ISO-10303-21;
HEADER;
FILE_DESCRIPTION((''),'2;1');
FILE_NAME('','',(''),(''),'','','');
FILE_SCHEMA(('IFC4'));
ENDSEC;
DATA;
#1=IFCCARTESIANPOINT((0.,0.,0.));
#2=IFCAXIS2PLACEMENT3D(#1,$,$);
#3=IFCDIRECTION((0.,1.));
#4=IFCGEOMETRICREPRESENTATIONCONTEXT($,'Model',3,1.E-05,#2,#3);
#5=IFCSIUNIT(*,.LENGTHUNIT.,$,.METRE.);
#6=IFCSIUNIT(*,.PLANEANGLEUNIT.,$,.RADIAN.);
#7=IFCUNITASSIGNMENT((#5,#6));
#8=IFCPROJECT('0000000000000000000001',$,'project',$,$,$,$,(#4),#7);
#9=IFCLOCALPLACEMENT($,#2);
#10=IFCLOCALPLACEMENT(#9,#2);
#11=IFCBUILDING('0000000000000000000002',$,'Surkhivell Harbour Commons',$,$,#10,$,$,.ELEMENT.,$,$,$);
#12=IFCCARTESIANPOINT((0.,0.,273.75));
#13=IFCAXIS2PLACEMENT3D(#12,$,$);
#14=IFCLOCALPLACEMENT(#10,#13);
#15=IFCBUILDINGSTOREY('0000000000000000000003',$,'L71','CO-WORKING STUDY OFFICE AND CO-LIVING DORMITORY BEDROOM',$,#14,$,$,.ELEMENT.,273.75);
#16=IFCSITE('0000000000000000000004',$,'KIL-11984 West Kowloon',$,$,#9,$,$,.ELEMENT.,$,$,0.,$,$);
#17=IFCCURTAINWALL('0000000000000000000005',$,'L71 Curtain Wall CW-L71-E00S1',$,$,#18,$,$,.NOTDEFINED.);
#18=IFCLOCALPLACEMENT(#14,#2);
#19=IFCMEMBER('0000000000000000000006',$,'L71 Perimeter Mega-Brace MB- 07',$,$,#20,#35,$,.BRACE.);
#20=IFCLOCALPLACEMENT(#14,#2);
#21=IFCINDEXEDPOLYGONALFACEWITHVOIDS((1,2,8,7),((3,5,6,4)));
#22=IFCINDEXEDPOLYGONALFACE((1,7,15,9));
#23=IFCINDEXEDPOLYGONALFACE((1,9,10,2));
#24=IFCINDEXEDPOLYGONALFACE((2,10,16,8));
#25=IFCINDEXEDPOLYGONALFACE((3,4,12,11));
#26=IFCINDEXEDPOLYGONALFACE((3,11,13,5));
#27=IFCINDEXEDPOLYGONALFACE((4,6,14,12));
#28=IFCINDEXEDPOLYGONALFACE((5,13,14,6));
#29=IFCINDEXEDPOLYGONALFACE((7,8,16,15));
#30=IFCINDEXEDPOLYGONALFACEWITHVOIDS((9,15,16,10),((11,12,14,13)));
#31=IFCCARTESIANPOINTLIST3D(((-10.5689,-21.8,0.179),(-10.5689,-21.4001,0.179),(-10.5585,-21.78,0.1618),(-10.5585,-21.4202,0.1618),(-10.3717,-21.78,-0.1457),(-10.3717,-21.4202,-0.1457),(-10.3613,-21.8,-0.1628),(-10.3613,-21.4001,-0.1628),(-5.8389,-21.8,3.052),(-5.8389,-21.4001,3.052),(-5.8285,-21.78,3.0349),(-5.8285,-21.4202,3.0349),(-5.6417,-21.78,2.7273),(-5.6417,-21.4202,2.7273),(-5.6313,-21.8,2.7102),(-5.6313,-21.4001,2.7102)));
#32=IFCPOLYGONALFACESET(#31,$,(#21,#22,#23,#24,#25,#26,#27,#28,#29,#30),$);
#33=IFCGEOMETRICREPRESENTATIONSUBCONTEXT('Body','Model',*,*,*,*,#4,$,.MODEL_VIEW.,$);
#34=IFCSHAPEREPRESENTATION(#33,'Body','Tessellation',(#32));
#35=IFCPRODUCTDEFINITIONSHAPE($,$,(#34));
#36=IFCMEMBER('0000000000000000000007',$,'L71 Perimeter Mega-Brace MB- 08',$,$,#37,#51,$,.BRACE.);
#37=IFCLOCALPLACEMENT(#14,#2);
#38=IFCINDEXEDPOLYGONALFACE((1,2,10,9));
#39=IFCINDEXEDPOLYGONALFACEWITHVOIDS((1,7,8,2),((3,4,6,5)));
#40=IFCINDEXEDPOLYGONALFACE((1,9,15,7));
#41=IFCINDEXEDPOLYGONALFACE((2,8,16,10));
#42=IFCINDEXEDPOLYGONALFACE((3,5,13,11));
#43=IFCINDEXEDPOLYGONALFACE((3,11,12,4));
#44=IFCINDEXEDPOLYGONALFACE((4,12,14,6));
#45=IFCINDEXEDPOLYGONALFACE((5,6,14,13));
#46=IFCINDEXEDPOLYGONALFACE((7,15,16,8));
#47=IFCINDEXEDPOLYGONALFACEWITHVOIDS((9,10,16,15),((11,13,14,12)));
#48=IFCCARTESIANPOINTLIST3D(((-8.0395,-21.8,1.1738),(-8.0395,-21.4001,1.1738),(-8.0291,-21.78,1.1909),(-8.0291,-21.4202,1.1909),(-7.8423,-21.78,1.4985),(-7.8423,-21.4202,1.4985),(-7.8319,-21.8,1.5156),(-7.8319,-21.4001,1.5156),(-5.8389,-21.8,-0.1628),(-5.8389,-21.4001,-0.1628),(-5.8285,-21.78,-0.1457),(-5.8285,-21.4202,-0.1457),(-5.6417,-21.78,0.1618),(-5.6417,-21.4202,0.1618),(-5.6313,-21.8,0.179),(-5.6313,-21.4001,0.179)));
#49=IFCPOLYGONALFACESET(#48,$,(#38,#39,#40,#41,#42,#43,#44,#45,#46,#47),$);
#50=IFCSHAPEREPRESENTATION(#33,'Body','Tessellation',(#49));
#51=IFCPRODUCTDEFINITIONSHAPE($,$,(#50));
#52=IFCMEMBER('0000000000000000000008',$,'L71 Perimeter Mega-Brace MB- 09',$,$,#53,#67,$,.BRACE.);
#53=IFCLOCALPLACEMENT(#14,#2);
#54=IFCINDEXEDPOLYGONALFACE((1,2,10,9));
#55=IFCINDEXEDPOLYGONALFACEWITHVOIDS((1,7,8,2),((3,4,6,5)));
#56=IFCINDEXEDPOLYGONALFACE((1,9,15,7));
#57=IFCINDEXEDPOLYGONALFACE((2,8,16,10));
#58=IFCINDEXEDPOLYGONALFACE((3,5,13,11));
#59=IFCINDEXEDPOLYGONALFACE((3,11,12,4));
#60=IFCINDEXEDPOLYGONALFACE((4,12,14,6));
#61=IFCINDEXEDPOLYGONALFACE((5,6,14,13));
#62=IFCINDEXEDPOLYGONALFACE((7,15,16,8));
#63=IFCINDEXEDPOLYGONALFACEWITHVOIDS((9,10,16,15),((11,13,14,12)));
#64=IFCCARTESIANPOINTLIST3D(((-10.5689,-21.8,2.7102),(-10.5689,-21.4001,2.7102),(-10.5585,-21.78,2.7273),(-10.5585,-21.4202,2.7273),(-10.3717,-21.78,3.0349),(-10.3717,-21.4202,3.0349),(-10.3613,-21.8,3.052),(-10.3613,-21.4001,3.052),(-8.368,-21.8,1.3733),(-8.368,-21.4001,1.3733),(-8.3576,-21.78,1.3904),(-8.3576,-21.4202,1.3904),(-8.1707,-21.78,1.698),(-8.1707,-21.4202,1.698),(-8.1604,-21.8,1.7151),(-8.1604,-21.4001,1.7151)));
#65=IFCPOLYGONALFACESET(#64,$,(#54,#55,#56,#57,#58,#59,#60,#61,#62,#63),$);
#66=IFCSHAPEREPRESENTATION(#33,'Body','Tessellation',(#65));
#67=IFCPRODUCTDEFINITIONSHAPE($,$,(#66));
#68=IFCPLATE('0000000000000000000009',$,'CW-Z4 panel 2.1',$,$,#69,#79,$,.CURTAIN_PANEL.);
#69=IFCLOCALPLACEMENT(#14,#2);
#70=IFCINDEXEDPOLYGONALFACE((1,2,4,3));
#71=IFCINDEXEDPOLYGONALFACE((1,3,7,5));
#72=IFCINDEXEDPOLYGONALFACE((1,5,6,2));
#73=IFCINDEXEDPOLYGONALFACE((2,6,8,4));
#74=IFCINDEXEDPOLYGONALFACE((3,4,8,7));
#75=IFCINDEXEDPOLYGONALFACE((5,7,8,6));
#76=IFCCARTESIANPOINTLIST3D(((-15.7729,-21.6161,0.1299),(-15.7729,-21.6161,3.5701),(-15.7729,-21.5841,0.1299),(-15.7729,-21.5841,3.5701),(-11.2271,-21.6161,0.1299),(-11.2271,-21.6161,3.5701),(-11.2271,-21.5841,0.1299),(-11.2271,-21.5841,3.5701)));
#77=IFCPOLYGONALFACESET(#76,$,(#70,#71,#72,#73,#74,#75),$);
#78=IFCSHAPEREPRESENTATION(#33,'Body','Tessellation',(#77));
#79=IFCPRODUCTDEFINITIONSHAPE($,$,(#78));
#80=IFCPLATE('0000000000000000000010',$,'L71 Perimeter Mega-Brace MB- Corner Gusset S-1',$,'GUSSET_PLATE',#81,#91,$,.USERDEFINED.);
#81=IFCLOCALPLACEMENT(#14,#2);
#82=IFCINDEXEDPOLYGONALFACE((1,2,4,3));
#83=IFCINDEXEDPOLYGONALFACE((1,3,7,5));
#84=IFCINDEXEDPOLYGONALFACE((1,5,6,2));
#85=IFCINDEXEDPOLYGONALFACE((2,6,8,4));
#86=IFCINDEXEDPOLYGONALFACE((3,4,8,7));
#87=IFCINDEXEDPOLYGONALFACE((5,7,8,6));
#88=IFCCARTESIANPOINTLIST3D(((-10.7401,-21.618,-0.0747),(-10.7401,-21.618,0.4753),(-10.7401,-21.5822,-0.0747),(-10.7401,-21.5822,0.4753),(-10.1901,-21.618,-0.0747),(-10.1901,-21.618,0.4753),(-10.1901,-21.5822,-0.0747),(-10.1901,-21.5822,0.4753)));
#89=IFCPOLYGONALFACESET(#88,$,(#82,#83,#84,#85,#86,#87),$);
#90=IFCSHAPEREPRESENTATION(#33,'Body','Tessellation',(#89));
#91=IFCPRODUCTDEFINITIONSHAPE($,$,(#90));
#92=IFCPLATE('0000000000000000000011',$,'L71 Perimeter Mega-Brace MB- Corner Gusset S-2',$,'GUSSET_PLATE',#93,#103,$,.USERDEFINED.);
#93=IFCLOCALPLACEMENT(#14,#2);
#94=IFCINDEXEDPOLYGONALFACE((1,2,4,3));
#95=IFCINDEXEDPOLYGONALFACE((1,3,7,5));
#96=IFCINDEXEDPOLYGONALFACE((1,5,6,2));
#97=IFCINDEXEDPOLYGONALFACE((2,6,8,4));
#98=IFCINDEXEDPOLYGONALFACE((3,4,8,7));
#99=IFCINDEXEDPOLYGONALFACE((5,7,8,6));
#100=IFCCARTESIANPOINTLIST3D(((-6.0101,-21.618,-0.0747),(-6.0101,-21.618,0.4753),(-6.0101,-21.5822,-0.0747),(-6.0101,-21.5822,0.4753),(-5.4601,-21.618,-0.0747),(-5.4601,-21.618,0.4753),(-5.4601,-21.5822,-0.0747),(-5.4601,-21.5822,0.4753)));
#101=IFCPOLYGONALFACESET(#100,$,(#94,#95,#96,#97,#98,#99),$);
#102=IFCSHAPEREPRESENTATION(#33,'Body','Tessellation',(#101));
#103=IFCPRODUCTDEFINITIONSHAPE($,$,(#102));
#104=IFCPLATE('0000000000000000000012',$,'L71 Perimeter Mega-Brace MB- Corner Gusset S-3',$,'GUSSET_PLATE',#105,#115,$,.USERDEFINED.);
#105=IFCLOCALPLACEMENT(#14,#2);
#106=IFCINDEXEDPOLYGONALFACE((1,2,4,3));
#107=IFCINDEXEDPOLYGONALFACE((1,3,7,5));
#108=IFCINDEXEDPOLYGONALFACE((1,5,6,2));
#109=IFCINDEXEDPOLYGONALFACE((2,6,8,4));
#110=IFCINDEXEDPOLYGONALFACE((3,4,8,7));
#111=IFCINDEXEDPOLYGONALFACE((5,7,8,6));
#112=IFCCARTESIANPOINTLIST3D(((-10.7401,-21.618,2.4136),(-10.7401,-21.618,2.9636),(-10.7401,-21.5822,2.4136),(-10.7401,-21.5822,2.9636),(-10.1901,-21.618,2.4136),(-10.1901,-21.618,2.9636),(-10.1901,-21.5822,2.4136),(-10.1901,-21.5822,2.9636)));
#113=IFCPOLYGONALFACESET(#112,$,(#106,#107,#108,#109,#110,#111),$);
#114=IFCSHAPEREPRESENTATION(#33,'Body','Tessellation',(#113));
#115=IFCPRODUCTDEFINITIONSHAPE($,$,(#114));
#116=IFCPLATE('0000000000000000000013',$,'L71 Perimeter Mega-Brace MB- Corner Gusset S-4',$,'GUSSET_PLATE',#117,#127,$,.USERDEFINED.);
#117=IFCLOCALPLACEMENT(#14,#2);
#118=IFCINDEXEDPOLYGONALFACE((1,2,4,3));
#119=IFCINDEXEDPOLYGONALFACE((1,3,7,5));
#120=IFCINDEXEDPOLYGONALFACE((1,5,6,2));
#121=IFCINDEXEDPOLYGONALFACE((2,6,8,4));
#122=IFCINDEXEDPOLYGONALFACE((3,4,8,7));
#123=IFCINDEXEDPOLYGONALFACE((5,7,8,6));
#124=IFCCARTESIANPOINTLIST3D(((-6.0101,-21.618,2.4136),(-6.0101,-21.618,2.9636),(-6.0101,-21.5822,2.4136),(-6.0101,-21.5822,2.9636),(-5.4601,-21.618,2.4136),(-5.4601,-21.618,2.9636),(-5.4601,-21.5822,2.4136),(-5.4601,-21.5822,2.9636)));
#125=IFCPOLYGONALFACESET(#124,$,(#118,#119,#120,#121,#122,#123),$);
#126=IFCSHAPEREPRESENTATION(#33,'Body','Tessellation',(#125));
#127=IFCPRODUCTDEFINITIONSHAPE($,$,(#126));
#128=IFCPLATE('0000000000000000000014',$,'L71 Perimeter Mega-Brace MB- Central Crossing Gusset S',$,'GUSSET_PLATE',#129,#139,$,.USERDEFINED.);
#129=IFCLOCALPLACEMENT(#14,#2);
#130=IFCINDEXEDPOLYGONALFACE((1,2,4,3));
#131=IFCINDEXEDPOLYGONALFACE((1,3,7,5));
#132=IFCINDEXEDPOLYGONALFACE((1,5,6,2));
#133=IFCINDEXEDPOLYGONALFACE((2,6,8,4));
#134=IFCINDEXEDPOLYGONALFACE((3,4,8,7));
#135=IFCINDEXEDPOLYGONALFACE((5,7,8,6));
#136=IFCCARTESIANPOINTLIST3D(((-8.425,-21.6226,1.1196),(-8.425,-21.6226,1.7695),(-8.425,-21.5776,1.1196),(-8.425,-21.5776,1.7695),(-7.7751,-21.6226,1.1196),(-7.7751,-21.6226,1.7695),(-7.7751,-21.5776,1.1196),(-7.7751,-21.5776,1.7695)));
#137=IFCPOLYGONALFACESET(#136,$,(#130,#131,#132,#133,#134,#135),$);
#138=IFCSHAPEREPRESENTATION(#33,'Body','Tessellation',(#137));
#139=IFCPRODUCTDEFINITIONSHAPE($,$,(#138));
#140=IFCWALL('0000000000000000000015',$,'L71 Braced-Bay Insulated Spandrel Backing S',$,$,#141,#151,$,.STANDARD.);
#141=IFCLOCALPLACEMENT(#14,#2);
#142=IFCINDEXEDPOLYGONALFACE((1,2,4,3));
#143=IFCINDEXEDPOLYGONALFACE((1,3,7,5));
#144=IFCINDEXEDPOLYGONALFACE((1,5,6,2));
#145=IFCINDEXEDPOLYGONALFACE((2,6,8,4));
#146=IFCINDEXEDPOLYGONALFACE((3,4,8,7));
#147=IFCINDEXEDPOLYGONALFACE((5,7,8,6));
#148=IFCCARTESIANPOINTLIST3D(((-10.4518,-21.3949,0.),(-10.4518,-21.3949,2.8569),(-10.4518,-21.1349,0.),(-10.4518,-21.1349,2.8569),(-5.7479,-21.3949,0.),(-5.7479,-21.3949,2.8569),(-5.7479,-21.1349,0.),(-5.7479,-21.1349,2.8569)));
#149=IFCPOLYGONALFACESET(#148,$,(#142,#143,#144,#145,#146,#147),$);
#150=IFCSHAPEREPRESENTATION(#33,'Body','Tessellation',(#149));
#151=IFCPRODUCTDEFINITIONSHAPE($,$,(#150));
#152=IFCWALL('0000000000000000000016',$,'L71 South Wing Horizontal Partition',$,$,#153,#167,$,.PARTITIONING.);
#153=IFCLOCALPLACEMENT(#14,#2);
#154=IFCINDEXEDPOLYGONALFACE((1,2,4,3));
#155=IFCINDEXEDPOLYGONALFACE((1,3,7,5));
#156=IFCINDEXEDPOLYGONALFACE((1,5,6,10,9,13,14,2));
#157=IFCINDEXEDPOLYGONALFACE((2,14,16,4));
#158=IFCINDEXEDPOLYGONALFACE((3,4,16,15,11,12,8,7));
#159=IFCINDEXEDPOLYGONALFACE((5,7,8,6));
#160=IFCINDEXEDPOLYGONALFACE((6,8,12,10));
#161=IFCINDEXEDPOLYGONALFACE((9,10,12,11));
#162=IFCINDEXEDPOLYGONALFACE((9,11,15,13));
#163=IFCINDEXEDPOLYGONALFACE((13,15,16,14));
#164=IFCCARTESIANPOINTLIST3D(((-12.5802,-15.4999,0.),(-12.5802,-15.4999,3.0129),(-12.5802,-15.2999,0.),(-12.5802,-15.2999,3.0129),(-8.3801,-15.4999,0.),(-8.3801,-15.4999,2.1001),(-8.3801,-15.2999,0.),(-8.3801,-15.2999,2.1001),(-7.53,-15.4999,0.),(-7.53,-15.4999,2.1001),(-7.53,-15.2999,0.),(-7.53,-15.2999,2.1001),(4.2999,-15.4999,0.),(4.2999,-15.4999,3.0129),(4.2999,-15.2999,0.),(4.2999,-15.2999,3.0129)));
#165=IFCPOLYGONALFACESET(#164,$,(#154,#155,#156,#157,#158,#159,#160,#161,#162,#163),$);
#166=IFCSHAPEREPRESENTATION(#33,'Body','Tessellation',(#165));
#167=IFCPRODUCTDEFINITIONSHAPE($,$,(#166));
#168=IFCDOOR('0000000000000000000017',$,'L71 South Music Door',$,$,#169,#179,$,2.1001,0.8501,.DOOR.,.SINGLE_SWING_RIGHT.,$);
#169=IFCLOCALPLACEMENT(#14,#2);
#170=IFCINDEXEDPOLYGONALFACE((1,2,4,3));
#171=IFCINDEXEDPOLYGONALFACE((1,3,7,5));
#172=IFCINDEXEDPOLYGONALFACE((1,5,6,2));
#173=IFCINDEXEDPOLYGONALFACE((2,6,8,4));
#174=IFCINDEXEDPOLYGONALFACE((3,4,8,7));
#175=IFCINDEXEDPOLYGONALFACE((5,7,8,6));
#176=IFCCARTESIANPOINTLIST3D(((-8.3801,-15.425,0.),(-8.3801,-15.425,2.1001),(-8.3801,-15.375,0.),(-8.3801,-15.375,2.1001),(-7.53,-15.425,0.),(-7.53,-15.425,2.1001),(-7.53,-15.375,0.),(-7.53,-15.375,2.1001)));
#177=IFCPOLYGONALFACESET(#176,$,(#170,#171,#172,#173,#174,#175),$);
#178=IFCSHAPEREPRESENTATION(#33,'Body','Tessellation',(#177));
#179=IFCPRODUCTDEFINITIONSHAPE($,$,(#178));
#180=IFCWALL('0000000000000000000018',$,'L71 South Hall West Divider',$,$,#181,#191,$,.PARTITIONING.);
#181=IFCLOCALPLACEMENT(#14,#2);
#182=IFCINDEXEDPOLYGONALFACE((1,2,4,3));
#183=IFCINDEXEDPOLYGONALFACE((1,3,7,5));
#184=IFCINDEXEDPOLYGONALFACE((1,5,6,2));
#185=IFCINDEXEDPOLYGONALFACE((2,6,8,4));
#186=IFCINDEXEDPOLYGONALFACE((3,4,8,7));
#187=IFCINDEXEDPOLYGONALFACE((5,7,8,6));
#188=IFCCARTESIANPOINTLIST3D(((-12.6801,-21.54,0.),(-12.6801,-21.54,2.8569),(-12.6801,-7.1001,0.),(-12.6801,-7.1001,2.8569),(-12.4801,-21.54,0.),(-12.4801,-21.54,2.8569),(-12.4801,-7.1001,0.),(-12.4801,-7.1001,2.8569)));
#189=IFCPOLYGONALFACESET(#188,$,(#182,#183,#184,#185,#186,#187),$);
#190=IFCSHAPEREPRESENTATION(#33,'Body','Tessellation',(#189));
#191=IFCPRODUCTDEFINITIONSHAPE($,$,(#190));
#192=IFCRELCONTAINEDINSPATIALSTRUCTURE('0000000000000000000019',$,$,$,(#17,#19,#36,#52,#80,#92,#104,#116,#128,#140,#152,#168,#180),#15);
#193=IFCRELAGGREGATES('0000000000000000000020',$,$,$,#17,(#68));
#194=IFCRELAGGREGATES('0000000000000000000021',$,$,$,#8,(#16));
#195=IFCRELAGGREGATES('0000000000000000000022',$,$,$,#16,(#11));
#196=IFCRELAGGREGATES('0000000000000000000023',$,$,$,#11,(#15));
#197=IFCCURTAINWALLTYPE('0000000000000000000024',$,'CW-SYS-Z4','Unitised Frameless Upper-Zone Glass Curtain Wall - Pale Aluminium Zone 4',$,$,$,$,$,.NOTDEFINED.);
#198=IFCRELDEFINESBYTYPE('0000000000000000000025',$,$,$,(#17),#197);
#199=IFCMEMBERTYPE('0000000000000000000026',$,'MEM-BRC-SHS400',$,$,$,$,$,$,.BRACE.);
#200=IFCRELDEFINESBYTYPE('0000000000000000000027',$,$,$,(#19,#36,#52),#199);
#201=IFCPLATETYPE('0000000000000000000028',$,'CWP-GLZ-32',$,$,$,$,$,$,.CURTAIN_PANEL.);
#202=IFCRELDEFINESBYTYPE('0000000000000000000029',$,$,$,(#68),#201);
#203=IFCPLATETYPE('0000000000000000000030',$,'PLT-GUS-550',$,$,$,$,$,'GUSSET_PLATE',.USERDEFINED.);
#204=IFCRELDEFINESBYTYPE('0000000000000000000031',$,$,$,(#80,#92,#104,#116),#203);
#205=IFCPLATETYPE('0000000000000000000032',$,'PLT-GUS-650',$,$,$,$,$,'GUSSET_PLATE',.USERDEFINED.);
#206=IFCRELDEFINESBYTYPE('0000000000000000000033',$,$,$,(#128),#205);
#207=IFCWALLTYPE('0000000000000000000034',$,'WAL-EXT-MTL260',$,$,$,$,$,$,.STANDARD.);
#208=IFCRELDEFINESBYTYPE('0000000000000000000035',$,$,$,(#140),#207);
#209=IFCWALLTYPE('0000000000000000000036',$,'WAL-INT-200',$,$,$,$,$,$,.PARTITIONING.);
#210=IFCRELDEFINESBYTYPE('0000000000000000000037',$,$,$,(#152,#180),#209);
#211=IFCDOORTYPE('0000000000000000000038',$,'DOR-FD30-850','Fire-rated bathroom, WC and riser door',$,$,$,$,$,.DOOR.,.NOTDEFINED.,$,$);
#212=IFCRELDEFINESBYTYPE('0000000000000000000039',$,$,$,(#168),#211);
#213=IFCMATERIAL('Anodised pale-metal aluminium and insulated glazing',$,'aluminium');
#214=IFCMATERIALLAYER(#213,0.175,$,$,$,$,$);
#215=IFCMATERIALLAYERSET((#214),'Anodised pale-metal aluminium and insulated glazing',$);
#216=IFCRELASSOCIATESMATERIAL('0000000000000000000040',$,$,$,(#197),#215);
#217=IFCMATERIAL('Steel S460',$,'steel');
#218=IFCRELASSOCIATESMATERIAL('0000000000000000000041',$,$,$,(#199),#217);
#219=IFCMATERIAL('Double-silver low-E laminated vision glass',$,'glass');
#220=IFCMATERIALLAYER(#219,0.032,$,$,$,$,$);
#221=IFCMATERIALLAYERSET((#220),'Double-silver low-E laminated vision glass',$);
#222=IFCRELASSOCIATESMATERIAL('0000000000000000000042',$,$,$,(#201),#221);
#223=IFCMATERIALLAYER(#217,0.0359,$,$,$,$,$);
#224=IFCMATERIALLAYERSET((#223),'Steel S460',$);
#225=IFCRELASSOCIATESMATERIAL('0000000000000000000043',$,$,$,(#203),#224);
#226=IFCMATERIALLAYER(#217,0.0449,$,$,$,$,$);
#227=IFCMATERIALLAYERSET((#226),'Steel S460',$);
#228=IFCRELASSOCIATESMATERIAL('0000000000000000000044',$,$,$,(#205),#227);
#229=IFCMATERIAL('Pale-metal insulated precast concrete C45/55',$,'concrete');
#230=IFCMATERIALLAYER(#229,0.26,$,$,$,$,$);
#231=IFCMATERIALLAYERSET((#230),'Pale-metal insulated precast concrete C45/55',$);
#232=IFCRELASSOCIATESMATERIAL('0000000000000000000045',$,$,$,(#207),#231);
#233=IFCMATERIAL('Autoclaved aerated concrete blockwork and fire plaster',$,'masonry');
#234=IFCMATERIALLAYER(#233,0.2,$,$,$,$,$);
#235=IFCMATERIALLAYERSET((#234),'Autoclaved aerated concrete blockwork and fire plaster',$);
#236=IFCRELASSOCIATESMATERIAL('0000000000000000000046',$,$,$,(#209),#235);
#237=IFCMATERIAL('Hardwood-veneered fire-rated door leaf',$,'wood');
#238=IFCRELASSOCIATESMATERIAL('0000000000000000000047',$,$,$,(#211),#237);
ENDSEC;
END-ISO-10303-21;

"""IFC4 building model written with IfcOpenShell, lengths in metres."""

from ifc_helpers import new_model, si_unit, direction, frame, frame_2d, origin, origin_2d, place, context, subcontext, project, spatial, rectangle, hollow_rectangle, extrude, material, layer, layer_set, material_profile, profile_set, type_object, element, fill, aggregate, save


model = new_model("IFC4")

# Units and contexts
model_context = context("Model", 3, precision=1e-05, world=origin(), true_north=direction((0.0, 1.0)))
body_context = subcontext(model_context, "Body", "Model", "MODEL_VIEW")
ifc_project = project(units=[si_unit("LENGTHUNIT", "METRE"), si_unit("PLANEANGLEUNIT", "RADIAN")], contexts=[model_context])

# Site, building, storey
site_placement = place(None, origin())
site = spatial("IfcSite", under=ifc_project, at=site_placement, Name="KIL-11984 West Kowloon", CompositionType="ELEMENT", RefElevation=0.0)
building_placement = place(site_placement, origin())
building = spatial("IfcBuilding", under=site, at=building_placement, Name="Surkhivell Harbour Commons", CompositionType="ELEMENT")
storey_placement = place(building_placement, frame((0.0, 0.0, 273.75)))
storey = spatial("IfcBuildingStorey", under=building, at=storey_placement, Name="L71", Description="CO-WORKING STUDY OFFICE AND CO-LIVING DORMITORY BEDROOM", CompositionType="ELEMENT", Elevation=273.75)

# Curtain wall
ifc_material_1 = material(Name="Anodised pale-metal aluminium and insulated glazing", Category="aluminium")
ifc_layer_1 = layer(ifc_material_1, 0.175)
ifc_layer_set_1 = layer_set([ifc_layer_1], Name="Anodised pale-metal aluminium and insulated glazing")
curtain_wall_type = type_object("IfcCurtainWallType", Name="CW-SYS-Z4", Description="Unitised Frameless Upper-Zone Glass Curtain Wall - Pale Aluminium Zone 4", PredefinedType="NOTDEFINED", material=ifc_layer_set_1)
curtain_wall_placement = place(storey_placement, origin())
curtain_wall = element("IfcCurtainWall", 1, at=curtain_wall_placement, inside=storey, type_object=curtain_wall_type, Name="L71 Curtain Wall CW-L71-E00S1", PredefinedType="NOTDEFINED")

# Members
ifc_material_2 = material(Name="Steel S460", Category="steel")
ifc_material_profile_1 = material_profile(ifc_material_2, hollow_rectangle(XDim=0.3999, YDim=0.3999, WallThickness=0.02, at=origin_2d()), Name="SHS400x400x20")
ifc_profile_set_1 = profile_set([ifc_material_profile_1], Name="Steel S460")
member_type_1 = type_object("IfcMemberType", Name="MEM-BRC-SHS400", PredefinedType="BRACE", material=ifc_profile_set_1)
member_1_placement = place(storey_placement, frame((-10.4651, -21.6001, 0.0081), z_axis=(0.854685, 0.0, 0.519146), x_axis=(0.0, 1.0, 0.0)))
element("IfcMember", 2, at=member_1_placement, inside=storey, type_object=member_type_1, Name="L71 Perimeter Mega-Brace MB- 07", PredefinedType="BRACE", context=body_context, shape_type="SweptSolid", body=[
    extrude(hollow_rectangle(XDim=0.3999, YDim=0.3999, WallThickness=0.02, at=origin_2d()), origin(), (0.0, 0.0, 1.0), 5.5342),
])
member_2_placement = place(storey_placement, frame((-5.7351, -21.6001, 0.0081), z_axis=(-0.854694, 0.0, 0.519132), x_axis=(0.0, -1.0, 0.0)))
element("IfcMember", 3, at=member_2_placement, inside=storey, type_object=member_type_1, Name="L71 Perimeter Mega-Brace MB- 08", PredefinedType="BRACE", context=body_context, shape_type="SweptSolid", body=[
    extrude(hollow_rectangle(XDim=0.3999, YDim=0.3999, WallThickness=0.02, at=origin_2d()), origin(), (0.0, 0.0, 1.0), 2.5747),
])
member_3_placement = place(storey_placement, frame((-8.2642, -21.6001, 1.5442), z_axis=(-0.854678, 0.0, 0.519159), x_axis=(0.0, -1.0, 0.0)))
element("IfcMember", 4, at=member_3_placement, inside=storey, type_object=member_type_1, Name="L71 Perimeter Mega-Brace MB- 09", PredefinedType="BRACE", context=body_context, shape_type="SweptSolid", body=[
    extrude(hollow_rectangle(XDim=0.3999, YDim=0.3999, WallThickness=0.02, at=origin_2d()), origin(), (0.0, 0.0, 1.0), 2.5752),
])

# Plate
ifc_material_3 = material(Name="Double-silver low-E laminated vision glass", Category="glass")
ifc_layer_2 = layer(ifc_material_3, 0.032)
ifc_layer_set_2 = layer_set([ifc_layer_2], Name="Double-silver low-E laminated vision glass")
plate_type_1 = type_object("IfcPlateType", Name="CWP-GLZ-32", PredefinedType="CURTAIN_PANEL", material=ifc_layer_set_2)
plate_1_placement = place(storey_placement, frame((-15.7729, -21.6001, 0.1299), z_axis=(0.0, 0.0, 1.0), x_axis=(1.0, 0.0, 0.0)))
plate_1 = element("IfcPlate", 5, at=plate_1_placement, type_object=plate_type_1, Name="CW-Z4 panel 2.1", PredefinedType="CURTAIN_PANEL", context=body_context, shape_type="SweptSolid", body=[
    extrude(rectangle(XDim=4.5459, YDim=0.032, at=frame_2d((2.2729, 0.0))), origin(), (0.0, 0.0, 1.0), 3.4402),
])
aggregate(curtain_wall, [plate_1])

# Plates
ifc_layer_3 = layer(ifc_material_2, 0.0359)
ifc_layer_set_3 = layer_set([ifc_layer_3], Name="Steel S460")
plate_type_2 = type_object("IfcPlateType", Name="PLT-GUS-550", ElementType="GUSSET_PLATE", PredefinedType="USERDEFINED", material=ifc_layer_set_3)
for number, where, z_axis, x_axis, name in (
    (6, (-10.4651, -21.6001, -0.0747), (0.0, 0.0, 1.0), (1.0, 0.0, 0.0), "L71 Perimeter Mega-Brace MB- Corner Gusset S-1"),
    (7, (-5.7351, -21.6001, -0.0747), (0.0, 0.0, 1.0), (1.0, 0.0, 0.0), "L71 Perimeter Mega-Brace MB- Corner Gusset S-2"),
    (8, (-10.4651, -21.6001, 2.4136), (0.0, 0.0, 1.0), (1.0, 0.0, 0.0), "L71 Perimeter Mega-Brace MB- Corner Gusset S-3"),
    (9, (-5.7351, -21.6001, 2.4136), (0.0, 0.0, 1.0), (1.0, 0.0, 0.0), "L71 Perimeter Mega-Brace MB- Corner Gusset S-4"),
):
    element("IfcPlate", number, at=place(storey_placement, frame(where, z_axis=z_axis, x_axis=x_axis)), inside=storey, type_object=plate_type_2, Name=name, ObjectType="GUSSET_PLATE", PredefinedType="USERDEFINED", context=body_context, shape_type="SweptSolid", body=[
        extrude(rectangle(XDim=0.55, YDim=0.0359, at=origin_2d()), origin(), (0.0, 0.0, 1.0), 0.55),
    ])
ifc_layer_4 = layer(ifc_material_2, 0.0449)
ifc_layer_set_4 = layer_set([ifc_layer_4], Name="Steel S460")
plate_type_3 = type_object("IfcPlateType", Name="PLT-GUS-650", ElementType="GUSSET_PLATE", PredefinedType="USERDEFINED", material=ifc_layer_set_4)
plate_2_placement = place(storey_placement, frame((-8.1001, -21.6001, 1.1196), z_axis=(0.0, 0.0, 1.0), x_axis=(1.0, 0.0, 0.0)))
element("IfcPlate", 10, at=plate_2_placement, inside=storey, type_object=plate_type_3, Name="L71 Perimeter Mega-Brace MB- Central Crossing Gusset S", ObjectType="GUSSET_PLATE", PredefinedType="USERDEFINED", context=body_context, shape_type="SweptSolid", body=[
    extrude(rectangle(XDim=0.6499, YDim=0.0449, at=origin_2d()), origin(), (0.0, 0.0, 1.0), 0.6499),
])

# Wall
ifc_material_4 = material(Name="Pale-metal insulated precast concrete C45/55", Category="concrete")
ifc_layer_5 = layer(ifc_material_4, 0.26)
ifc_layer_set_5 = layer_set([ifc_layer_5], Name="Pale-metal insulated precast concrete C45/55")
wall_type_1 = type_object("IfcWallType", Name="WAL-EXT-MTL260", PredefinedType="STANDARD", material=ifc_layer_set_5)
wall_1_placement = place(storey_placement, frame((-10.4519, -21.2649, 0.0), z_axis=(0.0, 0.0, 1.0), x_axis=(1.0, 0.0, 0.0)))
element("IfcWall", 11, at=wall_1_placement, inside=storey, type_object=wall_type_1, Name="L71 Braced-Bay Insulated Spandrel Backing S", PredefinedType="STANDARD", context=body_context, shape_type="SweptSolid", body=[
    extrude(rectangle(XDim=4.7039, YDim=0.26, at=frame_2d((2.3521, 0.0))), origin(), (0.0, 0.0, 1.0), 2.8569),
])

# Wall, opening, door
ifc_material_5 = material(Name="Autoclaved aerated concrete blockwork and fire plaster", Category="masonry")
ifc_layer_6 = layer(ifc_material_5, 0.2)
ifc_layer_set_6 = layer_set([ifc_layer_6], Name="Autoclaved aerated concrete blockwork and fire plaster")
wall_type_2 = type_object("IfcWallType", Name="WAL-INT-200", PredefinedType="PARTITIONING", material=ifc_layer_set_6)
wall_2_placement = place(storey_placement, frame((-12.5801, -15.3999, 0.0), z_axis=(0.0, 0.0, 1.0), x_axis=(1.0, 0.0, 0.0)))
wall_2 = element("IfcWall", 12, at=wall_2_placement, inside=storey, type_object=wall_type_2, Name="L71 South Wing Horizontal Partition", PredefinedType="PARTITIONING", context=body_context, shape_type="SweptSolid", body=[
    extrude(rectangle(XDim=16.8801, YDim=0.2, at=frame_2d((8.4399, 0.0))), origin(), (0.0, 0.0, 1.0), 3.0129),
])
opening_placement = place(wall_2_placement, frame((4.2, 0.0, 0.0)))
opening = element("IfcOpeningElement", 13, at=opening_placement, cuts=wall_2, PredefinedType="OPENING", context=body_context, shape_type="SweptSolid", body=[
    extrude(rectangle(XDim=0.8501, YDim=2.1001, at=frame_2d((0.425, 1.05))), frame((0.0, 0.1099, 0.0), z_axis=(0.0, -1.0, 0.0), x_axis=(1.0, 0.0, 0.0)), (0.0, 0.0, 1.0), 0.22),
])
ifc_material_6 = material(Name="Hardwood-veneered fire-rated door leaf", Category="wood")
door_type = type_object("IfcDoorType", Name="DOR-FD30-850", Description="Fire-rated bathroom, WC and riser door", OperationType="NOTDEFINED", PredefinedType="DOOR", material=ifc_material_6)
door_placement = place(opening_placement, origin())
door = element("IfcDoor", 14, at=door_placement, inside=storey, type_object=door_type, Name="L71 South Music Door", OperationType="SINGLE_SWING_RIGHT", OverallHeight=2.1001, OverallWidth=0.8501, PredefinedType="DOOR", context=body_context, shape_type="SweptSolid", body=[
    extrude(rectangle(XDim=0.8501, YDim=2.1001, at=frame_2d((0.425, 1.05))), frame((0.0, 0.0249, 0.0), z_axis=(0.0, -1.0, 0.0), x_axis=(1.0, 0.0, 0.0)), (0.0, 0.0, 1.0), 0.05),
])
fill(opening, door)

# Wall
wall_3_placement = place(storey_placement, frame((-12.5801, -21.54, 0.0), z_axis=(0.0, 0.0, 1.0), x_axis=(0.0, 1.0, 0.0)))
element("IfcWall", 15, at=wall_3_placement, inside=storey, type_object=wall_type_2, Name="L71 South Hall West Divider", PredefinedType="PARTITIONING", context=body_context, shape_type="SweptSolid", body=[
    extrude(rectangle(XDim=14.4399, YDim=0.2, at=frame_2d((7.22, 0.0))), origin(), (0.0, 0.0, 1.0), 2.8569),
])

save(model, "model.ifc")
